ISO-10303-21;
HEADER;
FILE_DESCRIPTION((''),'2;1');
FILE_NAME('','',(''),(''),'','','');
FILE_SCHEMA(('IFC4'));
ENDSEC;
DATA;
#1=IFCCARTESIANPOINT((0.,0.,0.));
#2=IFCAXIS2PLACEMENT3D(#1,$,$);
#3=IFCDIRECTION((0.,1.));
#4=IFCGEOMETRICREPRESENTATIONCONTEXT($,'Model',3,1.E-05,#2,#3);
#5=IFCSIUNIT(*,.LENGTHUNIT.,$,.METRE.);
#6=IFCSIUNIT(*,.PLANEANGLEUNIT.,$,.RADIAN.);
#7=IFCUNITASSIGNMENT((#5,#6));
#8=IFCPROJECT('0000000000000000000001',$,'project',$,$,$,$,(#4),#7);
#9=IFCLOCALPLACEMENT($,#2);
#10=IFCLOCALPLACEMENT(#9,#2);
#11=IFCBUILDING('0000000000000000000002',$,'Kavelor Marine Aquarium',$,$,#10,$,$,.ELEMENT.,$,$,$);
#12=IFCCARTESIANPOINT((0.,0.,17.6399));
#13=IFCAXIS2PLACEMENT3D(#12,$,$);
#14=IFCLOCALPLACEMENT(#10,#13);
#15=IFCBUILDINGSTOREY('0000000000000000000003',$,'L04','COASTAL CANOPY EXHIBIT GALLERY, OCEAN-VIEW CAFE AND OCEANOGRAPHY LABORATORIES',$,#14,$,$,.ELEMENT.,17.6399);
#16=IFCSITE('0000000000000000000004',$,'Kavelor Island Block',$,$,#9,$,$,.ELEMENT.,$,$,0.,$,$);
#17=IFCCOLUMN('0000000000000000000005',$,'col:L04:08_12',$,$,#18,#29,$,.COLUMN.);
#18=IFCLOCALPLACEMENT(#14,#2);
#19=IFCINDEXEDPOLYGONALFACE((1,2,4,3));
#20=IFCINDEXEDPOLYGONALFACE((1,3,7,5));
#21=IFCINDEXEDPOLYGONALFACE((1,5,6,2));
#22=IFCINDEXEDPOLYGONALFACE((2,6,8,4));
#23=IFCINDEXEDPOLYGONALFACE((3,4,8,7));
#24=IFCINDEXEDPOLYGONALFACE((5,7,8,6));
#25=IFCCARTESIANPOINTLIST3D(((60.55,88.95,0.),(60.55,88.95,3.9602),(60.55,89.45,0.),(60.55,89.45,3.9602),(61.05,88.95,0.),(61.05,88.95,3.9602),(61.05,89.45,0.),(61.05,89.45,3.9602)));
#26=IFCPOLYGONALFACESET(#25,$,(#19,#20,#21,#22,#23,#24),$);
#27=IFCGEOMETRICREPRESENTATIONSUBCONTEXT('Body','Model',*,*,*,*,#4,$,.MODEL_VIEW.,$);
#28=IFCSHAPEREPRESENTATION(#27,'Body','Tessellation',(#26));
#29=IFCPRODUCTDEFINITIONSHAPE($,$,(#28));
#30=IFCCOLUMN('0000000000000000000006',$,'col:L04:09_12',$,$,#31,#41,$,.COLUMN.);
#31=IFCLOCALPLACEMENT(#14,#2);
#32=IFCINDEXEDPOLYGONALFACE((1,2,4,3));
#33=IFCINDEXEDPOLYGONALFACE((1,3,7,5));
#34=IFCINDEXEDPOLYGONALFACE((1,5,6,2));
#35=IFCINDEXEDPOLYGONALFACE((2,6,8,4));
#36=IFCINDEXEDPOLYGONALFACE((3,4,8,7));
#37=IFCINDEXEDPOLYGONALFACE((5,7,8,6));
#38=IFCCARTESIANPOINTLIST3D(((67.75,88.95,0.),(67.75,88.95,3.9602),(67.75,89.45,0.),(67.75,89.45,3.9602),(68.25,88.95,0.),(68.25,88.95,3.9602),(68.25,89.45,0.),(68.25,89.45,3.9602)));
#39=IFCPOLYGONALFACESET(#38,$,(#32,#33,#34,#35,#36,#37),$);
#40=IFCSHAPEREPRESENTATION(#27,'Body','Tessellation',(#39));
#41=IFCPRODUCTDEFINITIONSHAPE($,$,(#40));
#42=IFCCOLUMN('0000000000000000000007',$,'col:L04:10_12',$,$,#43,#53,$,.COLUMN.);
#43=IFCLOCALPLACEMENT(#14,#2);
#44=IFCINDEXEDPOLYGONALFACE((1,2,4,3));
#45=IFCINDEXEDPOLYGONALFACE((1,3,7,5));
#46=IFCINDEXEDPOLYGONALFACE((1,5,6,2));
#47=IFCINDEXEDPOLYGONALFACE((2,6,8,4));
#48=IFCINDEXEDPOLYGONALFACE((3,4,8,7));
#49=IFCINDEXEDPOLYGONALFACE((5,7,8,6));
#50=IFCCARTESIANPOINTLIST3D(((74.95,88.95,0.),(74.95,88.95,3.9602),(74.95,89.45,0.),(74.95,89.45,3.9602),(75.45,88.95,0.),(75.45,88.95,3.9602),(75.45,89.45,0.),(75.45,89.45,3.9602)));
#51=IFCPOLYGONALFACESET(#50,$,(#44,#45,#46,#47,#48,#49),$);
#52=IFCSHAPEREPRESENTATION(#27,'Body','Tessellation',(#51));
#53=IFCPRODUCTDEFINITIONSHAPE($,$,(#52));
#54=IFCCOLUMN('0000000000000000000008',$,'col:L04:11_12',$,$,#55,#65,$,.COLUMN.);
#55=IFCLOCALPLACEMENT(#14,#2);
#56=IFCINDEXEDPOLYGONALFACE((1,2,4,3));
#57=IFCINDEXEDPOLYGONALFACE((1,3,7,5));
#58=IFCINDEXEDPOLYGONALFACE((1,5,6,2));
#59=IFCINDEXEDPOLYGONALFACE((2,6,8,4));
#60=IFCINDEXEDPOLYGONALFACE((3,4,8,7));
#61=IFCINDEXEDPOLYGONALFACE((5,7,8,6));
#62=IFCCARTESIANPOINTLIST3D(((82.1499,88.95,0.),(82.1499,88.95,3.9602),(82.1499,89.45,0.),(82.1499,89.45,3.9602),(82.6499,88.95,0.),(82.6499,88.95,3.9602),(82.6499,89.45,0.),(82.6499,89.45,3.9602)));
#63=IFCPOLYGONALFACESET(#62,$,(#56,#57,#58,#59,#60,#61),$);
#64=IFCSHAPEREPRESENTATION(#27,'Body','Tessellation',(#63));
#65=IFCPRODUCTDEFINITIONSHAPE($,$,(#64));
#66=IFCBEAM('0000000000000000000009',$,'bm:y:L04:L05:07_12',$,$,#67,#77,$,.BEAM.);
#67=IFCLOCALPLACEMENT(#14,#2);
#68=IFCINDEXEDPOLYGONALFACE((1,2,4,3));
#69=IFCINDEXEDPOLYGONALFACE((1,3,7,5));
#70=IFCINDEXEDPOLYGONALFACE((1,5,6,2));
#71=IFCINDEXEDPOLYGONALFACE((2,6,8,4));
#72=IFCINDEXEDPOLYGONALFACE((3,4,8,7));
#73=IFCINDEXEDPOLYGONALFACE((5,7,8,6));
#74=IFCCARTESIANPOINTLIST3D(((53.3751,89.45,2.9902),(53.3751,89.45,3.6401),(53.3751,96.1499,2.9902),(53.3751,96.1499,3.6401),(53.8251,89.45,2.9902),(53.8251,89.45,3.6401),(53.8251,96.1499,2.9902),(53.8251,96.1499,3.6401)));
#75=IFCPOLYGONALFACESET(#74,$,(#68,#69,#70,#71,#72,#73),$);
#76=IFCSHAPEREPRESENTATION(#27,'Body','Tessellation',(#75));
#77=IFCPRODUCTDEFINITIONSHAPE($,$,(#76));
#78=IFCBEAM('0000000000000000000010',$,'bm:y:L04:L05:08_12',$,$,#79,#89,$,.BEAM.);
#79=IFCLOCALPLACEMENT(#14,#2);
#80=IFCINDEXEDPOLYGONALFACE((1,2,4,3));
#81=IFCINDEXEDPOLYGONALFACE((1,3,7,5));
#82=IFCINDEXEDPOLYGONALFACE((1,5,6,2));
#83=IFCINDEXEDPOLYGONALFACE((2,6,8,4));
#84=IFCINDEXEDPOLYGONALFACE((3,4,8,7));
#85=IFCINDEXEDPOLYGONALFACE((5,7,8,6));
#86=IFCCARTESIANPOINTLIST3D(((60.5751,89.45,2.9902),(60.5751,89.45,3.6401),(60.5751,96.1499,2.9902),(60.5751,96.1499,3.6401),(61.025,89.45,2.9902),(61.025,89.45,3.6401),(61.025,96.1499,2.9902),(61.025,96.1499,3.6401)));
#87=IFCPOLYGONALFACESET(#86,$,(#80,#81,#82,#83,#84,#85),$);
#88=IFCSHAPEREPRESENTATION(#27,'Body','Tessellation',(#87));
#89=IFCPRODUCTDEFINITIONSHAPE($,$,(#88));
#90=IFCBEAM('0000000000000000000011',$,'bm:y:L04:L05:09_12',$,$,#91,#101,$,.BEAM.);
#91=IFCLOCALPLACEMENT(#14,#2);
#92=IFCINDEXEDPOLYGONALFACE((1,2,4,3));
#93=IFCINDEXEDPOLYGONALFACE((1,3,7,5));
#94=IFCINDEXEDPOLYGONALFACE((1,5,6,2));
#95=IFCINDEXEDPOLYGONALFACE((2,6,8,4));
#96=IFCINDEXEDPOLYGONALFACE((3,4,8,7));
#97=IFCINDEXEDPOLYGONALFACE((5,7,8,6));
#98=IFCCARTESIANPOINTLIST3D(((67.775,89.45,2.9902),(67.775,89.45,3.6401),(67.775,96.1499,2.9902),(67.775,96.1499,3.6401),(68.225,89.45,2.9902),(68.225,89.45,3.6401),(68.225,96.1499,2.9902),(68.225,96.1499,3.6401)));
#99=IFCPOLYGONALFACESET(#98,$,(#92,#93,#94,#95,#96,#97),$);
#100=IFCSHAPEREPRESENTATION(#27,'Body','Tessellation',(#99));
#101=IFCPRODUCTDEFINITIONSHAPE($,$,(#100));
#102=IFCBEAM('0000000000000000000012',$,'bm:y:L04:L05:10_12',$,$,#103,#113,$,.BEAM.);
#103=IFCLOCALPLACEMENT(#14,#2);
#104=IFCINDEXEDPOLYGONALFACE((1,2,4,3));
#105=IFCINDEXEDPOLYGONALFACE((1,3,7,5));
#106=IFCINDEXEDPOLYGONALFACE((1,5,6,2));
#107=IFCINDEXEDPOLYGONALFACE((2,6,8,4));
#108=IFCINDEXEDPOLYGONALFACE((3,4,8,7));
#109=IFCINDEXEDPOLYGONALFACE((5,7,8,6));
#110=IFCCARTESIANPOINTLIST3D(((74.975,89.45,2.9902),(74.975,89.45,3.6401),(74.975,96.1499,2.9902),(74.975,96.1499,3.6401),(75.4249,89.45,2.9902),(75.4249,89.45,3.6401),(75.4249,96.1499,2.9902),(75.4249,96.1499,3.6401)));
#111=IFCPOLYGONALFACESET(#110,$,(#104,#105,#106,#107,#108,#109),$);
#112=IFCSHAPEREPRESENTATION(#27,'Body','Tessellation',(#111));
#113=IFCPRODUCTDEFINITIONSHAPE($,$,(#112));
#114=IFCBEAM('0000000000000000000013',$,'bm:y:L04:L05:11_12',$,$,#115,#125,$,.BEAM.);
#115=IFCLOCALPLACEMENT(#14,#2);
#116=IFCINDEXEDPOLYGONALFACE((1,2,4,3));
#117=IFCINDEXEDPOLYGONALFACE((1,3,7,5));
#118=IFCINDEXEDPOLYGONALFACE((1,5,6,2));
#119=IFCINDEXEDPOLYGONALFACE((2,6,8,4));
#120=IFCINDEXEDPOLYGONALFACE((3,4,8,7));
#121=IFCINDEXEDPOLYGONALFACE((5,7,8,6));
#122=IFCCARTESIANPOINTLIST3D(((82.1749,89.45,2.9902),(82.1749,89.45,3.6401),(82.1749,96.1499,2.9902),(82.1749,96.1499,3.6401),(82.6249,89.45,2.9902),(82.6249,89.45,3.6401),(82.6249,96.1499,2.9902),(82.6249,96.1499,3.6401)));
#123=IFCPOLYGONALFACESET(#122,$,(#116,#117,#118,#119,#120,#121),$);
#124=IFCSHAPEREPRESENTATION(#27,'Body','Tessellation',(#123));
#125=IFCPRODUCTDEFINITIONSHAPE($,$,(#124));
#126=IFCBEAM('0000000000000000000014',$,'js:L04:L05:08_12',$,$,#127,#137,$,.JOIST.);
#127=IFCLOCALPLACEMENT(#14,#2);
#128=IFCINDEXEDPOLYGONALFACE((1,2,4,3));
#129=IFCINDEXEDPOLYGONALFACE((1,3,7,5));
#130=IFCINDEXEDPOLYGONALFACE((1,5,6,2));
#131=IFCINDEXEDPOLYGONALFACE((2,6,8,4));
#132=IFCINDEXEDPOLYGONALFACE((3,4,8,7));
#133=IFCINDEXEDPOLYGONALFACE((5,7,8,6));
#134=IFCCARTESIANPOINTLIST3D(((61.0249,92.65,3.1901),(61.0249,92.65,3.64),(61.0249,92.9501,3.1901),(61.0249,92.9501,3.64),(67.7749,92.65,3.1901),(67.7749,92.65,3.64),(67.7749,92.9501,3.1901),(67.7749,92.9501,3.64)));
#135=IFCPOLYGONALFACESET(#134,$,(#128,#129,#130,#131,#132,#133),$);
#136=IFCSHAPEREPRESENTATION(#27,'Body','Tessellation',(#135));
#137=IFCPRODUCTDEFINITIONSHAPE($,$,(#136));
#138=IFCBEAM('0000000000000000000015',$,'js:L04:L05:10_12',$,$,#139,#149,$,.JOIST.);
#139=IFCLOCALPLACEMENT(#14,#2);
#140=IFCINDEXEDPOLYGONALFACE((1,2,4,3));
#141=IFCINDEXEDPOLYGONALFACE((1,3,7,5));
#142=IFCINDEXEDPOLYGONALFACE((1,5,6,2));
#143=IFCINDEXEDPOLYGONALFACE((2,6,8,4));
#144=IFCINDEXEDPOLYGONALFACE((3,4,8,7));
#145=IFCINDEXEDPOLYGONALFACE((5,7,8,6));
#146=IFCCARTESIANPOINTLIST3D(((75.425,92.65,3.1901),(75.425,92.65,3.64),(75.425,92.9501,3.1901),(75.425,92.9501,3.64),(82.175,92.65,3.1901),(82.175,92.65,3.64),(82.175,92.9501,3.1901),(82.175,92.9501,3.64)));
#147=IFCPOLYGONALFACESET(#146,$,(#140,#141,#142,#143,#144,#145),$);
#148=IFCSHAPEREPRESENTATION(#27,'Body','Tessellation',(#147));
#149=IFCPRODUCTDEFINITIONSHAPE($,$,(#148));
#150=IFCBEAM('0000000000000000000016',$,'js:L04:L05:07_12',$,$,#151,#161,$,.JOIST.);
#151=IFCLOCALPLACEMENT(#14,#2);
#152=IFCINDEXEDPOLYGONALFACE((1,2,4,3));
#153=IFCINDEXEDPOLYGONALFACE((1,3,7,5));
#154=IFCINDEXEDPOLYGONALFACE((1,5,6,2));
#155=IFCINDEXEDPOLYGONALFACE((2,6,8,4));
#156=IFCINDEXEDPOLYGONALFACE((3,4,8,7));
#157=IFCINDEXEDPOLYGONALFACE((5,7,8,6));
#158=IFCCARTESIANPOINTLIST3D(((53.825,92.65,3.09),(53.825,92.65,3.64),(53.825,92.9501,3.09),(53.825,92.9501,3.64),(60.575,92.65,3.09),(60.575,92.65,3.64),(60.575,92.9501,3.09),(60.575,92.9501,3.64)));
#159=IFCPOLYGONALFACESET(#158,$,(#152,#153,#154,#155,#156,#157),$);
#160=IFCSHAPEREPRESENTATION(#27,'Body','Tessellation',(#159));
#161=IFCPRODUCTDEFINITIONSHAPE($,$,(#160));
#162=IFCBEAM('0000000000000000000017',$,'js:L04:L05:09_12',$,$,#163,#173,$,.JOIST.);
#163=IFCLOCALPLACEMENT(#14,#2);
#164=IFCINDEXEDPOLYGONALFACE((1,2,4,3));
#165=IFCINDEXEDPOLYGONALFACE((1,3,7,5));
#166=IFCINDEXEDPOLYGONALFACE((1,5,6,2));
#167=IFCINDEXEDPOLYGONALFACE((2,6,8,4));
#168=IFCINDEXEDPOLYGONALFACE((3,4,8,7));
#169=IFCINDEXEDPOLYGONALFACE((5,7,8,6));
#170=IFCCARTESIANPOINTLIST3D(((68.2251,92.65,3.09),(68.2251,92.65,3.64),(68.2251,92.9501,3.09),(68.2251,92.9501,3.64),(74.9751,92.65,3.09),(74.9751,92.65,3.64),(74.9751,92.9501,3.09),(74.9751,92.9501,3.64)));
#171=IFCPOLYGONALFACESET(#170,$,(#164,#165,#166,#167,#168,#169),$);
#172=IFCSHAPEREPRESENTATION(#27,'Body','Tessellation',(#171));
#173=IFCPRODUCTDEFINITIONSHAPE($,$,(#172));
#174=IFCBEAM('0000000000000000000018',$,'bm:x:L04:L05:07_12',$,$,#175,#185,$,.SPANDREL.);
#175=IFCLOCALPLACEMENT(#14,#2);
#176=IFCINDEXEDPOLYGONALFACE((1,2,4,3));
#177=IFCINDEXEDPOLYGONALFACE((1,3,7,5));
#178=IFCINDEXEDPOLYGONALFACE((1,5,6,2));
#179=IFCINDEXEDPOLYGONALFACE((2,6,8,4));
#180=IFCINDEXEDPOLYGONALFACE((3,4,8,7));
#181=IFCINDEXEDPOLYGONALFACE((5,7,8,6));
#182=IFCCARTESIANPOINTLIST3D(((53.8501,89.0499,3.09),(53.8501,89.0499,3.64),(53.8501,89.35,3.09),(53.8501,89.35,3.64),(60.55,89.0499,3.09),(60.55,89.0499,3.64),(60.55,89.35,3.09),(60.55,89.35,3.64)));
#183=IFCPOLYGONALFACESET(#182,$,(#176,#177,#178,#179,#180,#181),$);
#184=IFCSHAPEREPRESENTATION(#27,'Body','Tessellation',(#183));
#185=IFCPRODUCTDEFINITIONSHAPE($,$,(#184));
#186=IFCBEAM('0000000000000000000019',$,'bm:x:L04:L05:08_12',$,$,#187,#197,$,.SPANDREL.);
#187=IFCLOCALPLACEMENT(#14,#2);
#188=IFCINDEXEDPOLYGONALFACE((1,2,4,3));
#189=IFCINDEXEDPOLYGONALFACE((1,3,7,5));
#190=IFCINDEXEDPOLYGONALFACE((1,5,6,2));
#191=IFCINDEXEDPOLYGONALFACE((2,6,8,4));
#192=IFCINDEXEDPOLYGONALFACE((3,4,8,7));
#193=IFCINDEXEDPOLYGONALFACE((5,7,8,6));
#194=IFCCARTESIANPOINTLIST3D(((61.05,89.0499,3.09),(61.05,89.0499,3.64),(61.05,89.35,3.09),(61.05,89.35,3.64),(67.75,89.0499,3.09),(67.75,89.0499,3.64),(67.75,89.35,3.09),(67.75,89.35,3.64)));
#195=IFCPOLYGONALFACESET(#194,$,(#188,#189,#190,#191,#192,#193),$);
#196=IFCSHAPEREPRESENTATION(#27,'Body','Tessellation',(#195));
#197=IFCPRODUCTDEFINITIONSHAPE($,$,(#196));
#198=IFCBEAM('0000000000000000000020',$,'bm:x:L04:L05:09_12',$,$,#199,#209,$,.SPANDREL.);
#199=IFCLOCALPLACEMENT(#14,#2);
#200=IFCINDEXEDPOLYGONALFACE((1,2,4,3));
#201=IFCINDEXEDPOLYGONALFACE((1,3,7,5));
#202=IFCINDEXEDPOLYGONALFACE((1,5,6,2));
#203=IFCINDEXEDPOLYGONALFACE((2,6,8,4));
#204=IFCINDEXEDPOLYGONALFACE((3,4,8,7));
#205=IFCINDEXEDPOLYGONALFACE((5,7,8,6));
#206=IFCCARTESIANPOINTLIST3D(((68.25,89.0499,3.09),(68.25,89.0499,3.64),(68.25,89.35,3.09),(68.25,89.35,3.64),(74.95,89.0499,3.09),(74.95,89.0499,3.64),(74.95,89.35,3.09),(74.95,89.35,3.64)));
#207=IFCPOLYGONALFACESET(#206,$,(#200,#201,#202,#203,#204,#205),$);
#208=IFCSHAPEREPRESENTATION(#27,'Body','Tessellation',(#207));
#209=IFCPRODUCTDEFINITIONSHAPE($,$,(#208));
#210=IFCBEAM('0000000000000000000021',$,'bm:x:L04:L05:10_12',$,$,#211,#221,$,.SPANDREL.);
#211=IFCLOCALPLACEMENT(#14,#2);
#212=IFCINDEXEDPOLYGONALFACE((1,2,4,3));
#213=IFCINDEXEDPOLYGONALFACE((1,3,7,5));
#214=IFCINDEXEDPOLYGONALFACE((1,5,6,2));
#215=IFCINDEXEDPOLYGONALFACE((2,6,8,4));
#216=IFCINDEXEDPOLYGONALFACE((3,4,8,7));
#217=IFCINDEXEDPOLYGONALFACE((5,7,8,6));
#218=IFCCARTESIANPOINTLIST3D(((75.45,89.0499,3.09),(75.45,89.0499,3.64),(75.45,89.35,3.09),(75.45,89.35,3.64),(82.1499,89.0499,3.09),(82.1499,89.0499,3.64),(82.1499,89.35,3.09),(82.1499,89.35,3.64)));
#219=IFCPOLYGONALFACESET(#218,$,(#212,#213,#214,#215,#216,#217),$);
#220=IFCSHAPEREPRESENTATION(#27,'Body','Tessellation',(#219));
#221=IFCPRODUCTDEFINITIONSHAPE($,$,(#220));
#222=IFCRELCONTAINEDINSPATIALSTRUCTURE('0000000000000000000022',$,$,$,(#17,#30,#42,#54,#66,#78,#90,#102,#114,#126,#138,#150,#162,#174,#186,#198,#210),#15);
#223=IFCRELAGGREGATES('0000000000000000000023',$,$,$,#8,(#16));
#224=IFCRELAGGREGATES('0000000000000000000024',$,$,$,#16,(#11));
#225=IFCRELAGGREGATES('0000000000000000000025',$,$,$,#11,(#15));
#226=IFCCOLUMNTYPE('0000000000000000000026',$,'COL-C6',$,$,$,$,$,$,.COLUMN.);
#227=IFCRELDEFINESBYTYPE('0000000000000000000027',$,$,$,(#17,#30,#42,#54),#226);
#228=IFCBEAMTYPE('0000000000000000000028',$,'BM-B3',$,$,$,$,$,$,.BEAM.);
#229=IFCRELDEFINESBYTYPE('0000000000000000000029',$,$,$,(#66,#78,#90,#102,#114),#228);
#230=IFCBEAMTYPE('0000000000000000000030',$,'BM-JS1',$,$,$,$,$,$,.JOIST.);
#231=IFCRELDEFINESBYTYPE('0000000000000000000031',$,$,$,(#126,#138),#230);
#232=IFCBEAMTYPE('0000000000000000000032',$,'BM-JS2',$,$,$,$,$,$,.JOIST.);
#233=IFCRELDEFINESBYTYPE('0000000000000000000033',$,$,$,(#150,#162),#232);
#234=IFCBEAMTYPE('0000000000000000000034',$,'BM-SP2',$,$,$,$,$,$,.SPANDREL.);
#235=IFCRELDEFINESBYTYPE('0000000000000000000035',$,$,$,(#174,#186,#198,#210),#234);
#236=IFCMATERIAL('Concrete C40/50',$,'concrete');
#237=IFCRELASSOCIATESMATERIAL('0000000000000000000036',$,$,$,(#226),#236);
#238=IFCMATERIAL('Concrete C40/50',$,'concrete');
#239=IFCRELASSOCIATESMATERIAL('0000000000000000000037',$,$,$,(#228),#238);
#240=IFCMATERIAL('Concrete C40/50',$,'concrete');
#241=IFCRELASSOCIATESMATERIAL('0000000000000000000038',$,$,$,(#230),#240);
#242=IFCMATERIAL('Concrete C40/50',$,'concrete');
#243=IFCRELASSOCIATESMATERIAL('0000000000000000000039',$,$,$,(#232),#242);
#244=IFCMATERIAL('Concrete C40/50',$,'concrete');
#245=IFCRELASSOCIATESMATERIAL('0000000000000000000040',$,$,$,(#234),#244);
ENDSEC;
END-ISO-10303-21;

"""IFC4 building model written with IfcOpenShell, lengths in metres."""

from ifc_helpers import new_model, si_unit, direction, frame, origin, origin_2d, place, context, subcontext, project, spatial, rectangle, extrude, material, material_profile, profile_set, type_object, element, save


model = new_model("IFC4")

# Units and contexts
model_context = context("Model", 3, precision=1e-05, world=origin(), true_north=direction((0.0, 1.0)))
body_context = subcontext(model_context, "Body", "Model", "MODEL_VIEW")
ifc_project = project(units=[si_unit("LENGTHUNIT", "METRE"), si_unit("PLANEANGLEUNIT", "RADIAN")], contexts=[model_context])

# Site, building, storey
site_placement = place(None, origin())
site = spatial("IfcSite", under=ifc_project, at=site_placement, Name="Kavelor Island Block", CompositionType="ELEMENT", RefElevation=0.0)
building_placement = place(site_placement, origin())
building = spatial("IfcBuilding", under=site, at=building_placement, Name="Kavelor Marine Aquarium", CompositionType="ELEMENT")
storey_placement = place(building_placement, frame((0.0, 0.0, 17.6399)))
storey = spatial("IfcBuildingStorey", under=building, at=storey_placement, Name="L04", Description="COASTAL CANOPY EXHIBIT GALLERY, OCEAN-VIEW CAFE AND OCEANOGRAPHY LABORATORIES", CompositionType="ELEMENT", Elevation=17.6399)

# Columns
ifc_material_1 = material(Name="Concrete C40/50", Category="concrete")
ifc_material_profile_1 = material_profile(ifc_material_1, rectangle(XDim=0.5, YDim=0.5, at=origin_2d()), Name="RC-COL 500x500")
ifc_profile_set_1 = profile_set([ifc_material_profile_1], Name="Concrete C40/50")
column_type = type_object("IfcColumnType", Name="COL-C6", PredefinedType="COLUMN", material=ifc_profile_set_1)
for number, where, z_axis, x_axis, name in (
    (1, (60.8, 89.2, 0.0), (0.0, 0.0, 1.0), (1.0, 0.0, 0.0), "col:L04:08_12"),
    (2, (68.0, 89.2, 0.0), (0.0, 0.0, 1.0), (1.0, 0.0, 0.0), "col:L04:09_12"),
    (3, (75.2, 89.2, 0.0), (0.0, 0.0, 1.0), (1.0, 0.0, 0.0), "col:L04:10_12"),
    (4, (82.3999, 89.2, 0.0), (0.0, 0.0, 1.0), (1.0, 0.0, 0.0), "col:L04:11_12"),
):
    element("IfcColumn", number, at=place(storey_placement, frame(where, z_axis=z_axis, x_axis=x_axis)), inside=storey, type_object=column_type, Name=name, PredefinedType="COLUMN", context=body_context, shape_type="SweptSolid", body=[
        extrude(rectangle(XDim=0.5, YDim=0.5, at=origin_2d()), origin(), (0.0, 0.0, 1.0), 3.9602),
    ])

# Beams
ifc_material_2 = material(Name="Concrete C40/50", Category="concrete")
ifc_material_profile_2 = material_profile(ifc_material_2, rectangle(XDim=0.45, YDim=0.6499, at=origin_2d()), Name="RC-BM 450x650")
ifc_profile_set_2 = profile_set([ifc_material_profile_2], Name="Concrete C40/50")
beam_type_1 = type_object("IfcBeamType", Name="BM-B3", PredefinedType="BEAM", material=ifc_profile_set_2)
for number, where, z_axis, x_axis, name in (
    (5, (53.6001, 89.45, 3.3152), (0.0, 1.0, 0.0), (-1.0, 0.0, 0.0), "bm:y:L04:L05:07_12"),
    (6, (60.8, 89.45, 3.3152), (0.0, 1.0, 0.0), (-1.0, 0.0, 0.0), "bm:y:L04:L05:08_12"),
    (7, (68.0, 89.45, 3.3152), (0.0, 1.0, 0.0), (-1.0, 0.0, 0.0), "bm:y:L04:L05:09_12"),
    (8, (75.2, 89.45, 3.3152), (0.0, 1.0, 0.0), (-1.0, 0.0, 0.0), "bm:y:L04:L05:10_12"),
    (9, (82.3999, 89.45, 3.3152), (0.0, 1.0, 0.0), (-1.0, 0.0, 0.0), "bm:y:L04:L05:11_12"),
):
    element("IfcBeam", number, at=place(storey_placement, frame(where, z_axis=z_axis, x_axis=x_axis)), inside=storey, type_object=beam_type_1, Name=name, PredefinedType="BEAM", context=body_context, shape_type="SweptSolid", body=[
        extrude(rectangle(XDim=0.45, YDim=0.6499, at=origin_2d()), origin(), (0.0, 0.0, 1.0), 6.7),
    ])
ifc_material_3 = material(Name="Concrete C40/50", Category="concrete")
ifc_material_profile_3 = material_profile(ifc_material_3, rectangle(XDim=0.3, YDim=0.45, at=origin_2d()), Name="RC-JS 300x450")
ifc_profile_set_3 = profile_set([ifc_material_profile_3], Name="Concrete C40/50")
beam_type_2 = type_object("IfcBeamType", Name="BM-JS1", PredefinedType="JOIST", material=ifc_profile_set_3)
for number, where, z_axis, x_axis, name in (
    (10, (61.0249, 92.8, 3.415), (1.0, 0.0, 0.0), (0.0, 1.0, 0.0), "js:L04:L05:08_12"),
    (11, (75.425, 92.8, 3.415), (1.0, 0.0, 0.0), (0.0, 1.0, 0.0), "js:L04:L05:10_12"),
):
    element("IfcBeam", number, at=place(storey_placement, frame(where, z_axis=z_axis, x_axis=x_axis)), inside=storey, type_object=beam_type_2, Name=name, PredefinedType="JOIST", context=body_context, shape_type="SweptSolid", body=[
        extrude(rectangle(XDim=0.3, YDim=0.45, at=origin_2d()), origin(), (0.0, 0.0, 1.0), 6.75),
    ])
ifc_material_4 = material(Name="Concrete C40/50", Category="concrete")
ifc_material_profile_4 = material_profile(ifc_material_4, rectangle(XDim=0.3, YDim=0.55, at=origin_2d()), Name="RC-JS 300x550")
ifc_profile_set_4 = profile_set([ifc_material_profile_4], Name="Concrete C40/50")
beam_type_3 = type_object("IfcBeamType", Name="BM-JS2", PredefinedType="JOIST", material=ifc_profile_set_4)
for number, where, z_axis, x_axis, name in (
    (12, (53.825, 92.8, 3.365), (1.0, 0.0, 0.0), (0.0, 1.0, 0.0), "js:L04:L05:07_12"),
    (13, (68.2251, 92.8, 3.365), (1.0, 0.0, 0.0), (0.0, 1.0, 0.0), "js:L04:L05:09_12"),
):
    element("IfcBeam", number, at=place(storey_placement, frame(where, z_axis=z_axis, x_axis=x_axis)), inside=storey, type_object=beam_type_3, Name=name, PredefinedType="JOIST", context=body_context, shape_type="SweptSolid", body=[
        extrude(rectangle(XDim=0.3, YDim=0.55, at=origin_2d()), origin(), (0.0, 0.0, 1.0), 6.75),
    ])
ifc_material_5 = material(Name="Concrete C40/50", Category="concrete")
ifc_material_profile_5 = material_profile(ifc_material_5, rectangle(XDim=0.3, YDim=0.55, at=origin_2d()), Name="RC-SP 300x550")
ifc_profile_set_5 = profile_set([ifc_material_profile_5], Name="Concrete C40/50")
beam_type_4 = type_object("IfcBeamType", Name="BM-SP2", PredefinedType="SPANDREL", material=ifc_profile_set_5)
for number, where, z_axis, x_axis, name in (
    (14, (53.8501, 89.2, 3.365), (1.0, 0.0, 0.0), (0.0, 1.0, 0.0), "bm:x:L04:L05:07_12"),
    (15, (61.05, 89.2, 3.365), (1.0, 0.0, 0.0), (0.0, 1.0, 0.0), "bm:x:L04:L05:08_12"),
    (16, (68.25, 89.2, 3.365), (1.0, 0.0, 0.0), (0.0, 1.0, 0.0), "bm:x:L04:L05:09_12"),
    (17, (75.45, 89.2, 3.365), (1.0, 0.0, 0.0), (0.0, 1.0, 0.0), "bm:x:L04:L05:10_12"),
):
    element("IfcBeam", number, at=place(storey_placement, frame(where, z_axis=z_axis, x_axis=x_axis)), inside=storey, type_object=beam_type_4, Name=name, PredefinedType="SPANDREL", context=body_context, shape_type="SweptSolid", body=[
        extrude(rectangle(XDim=0.3, YDim=0.55, at=origin_2d()), origin(), (0.0, 0.0, 1.0), 6.7),
    ])

save(model, "model.ifc")
